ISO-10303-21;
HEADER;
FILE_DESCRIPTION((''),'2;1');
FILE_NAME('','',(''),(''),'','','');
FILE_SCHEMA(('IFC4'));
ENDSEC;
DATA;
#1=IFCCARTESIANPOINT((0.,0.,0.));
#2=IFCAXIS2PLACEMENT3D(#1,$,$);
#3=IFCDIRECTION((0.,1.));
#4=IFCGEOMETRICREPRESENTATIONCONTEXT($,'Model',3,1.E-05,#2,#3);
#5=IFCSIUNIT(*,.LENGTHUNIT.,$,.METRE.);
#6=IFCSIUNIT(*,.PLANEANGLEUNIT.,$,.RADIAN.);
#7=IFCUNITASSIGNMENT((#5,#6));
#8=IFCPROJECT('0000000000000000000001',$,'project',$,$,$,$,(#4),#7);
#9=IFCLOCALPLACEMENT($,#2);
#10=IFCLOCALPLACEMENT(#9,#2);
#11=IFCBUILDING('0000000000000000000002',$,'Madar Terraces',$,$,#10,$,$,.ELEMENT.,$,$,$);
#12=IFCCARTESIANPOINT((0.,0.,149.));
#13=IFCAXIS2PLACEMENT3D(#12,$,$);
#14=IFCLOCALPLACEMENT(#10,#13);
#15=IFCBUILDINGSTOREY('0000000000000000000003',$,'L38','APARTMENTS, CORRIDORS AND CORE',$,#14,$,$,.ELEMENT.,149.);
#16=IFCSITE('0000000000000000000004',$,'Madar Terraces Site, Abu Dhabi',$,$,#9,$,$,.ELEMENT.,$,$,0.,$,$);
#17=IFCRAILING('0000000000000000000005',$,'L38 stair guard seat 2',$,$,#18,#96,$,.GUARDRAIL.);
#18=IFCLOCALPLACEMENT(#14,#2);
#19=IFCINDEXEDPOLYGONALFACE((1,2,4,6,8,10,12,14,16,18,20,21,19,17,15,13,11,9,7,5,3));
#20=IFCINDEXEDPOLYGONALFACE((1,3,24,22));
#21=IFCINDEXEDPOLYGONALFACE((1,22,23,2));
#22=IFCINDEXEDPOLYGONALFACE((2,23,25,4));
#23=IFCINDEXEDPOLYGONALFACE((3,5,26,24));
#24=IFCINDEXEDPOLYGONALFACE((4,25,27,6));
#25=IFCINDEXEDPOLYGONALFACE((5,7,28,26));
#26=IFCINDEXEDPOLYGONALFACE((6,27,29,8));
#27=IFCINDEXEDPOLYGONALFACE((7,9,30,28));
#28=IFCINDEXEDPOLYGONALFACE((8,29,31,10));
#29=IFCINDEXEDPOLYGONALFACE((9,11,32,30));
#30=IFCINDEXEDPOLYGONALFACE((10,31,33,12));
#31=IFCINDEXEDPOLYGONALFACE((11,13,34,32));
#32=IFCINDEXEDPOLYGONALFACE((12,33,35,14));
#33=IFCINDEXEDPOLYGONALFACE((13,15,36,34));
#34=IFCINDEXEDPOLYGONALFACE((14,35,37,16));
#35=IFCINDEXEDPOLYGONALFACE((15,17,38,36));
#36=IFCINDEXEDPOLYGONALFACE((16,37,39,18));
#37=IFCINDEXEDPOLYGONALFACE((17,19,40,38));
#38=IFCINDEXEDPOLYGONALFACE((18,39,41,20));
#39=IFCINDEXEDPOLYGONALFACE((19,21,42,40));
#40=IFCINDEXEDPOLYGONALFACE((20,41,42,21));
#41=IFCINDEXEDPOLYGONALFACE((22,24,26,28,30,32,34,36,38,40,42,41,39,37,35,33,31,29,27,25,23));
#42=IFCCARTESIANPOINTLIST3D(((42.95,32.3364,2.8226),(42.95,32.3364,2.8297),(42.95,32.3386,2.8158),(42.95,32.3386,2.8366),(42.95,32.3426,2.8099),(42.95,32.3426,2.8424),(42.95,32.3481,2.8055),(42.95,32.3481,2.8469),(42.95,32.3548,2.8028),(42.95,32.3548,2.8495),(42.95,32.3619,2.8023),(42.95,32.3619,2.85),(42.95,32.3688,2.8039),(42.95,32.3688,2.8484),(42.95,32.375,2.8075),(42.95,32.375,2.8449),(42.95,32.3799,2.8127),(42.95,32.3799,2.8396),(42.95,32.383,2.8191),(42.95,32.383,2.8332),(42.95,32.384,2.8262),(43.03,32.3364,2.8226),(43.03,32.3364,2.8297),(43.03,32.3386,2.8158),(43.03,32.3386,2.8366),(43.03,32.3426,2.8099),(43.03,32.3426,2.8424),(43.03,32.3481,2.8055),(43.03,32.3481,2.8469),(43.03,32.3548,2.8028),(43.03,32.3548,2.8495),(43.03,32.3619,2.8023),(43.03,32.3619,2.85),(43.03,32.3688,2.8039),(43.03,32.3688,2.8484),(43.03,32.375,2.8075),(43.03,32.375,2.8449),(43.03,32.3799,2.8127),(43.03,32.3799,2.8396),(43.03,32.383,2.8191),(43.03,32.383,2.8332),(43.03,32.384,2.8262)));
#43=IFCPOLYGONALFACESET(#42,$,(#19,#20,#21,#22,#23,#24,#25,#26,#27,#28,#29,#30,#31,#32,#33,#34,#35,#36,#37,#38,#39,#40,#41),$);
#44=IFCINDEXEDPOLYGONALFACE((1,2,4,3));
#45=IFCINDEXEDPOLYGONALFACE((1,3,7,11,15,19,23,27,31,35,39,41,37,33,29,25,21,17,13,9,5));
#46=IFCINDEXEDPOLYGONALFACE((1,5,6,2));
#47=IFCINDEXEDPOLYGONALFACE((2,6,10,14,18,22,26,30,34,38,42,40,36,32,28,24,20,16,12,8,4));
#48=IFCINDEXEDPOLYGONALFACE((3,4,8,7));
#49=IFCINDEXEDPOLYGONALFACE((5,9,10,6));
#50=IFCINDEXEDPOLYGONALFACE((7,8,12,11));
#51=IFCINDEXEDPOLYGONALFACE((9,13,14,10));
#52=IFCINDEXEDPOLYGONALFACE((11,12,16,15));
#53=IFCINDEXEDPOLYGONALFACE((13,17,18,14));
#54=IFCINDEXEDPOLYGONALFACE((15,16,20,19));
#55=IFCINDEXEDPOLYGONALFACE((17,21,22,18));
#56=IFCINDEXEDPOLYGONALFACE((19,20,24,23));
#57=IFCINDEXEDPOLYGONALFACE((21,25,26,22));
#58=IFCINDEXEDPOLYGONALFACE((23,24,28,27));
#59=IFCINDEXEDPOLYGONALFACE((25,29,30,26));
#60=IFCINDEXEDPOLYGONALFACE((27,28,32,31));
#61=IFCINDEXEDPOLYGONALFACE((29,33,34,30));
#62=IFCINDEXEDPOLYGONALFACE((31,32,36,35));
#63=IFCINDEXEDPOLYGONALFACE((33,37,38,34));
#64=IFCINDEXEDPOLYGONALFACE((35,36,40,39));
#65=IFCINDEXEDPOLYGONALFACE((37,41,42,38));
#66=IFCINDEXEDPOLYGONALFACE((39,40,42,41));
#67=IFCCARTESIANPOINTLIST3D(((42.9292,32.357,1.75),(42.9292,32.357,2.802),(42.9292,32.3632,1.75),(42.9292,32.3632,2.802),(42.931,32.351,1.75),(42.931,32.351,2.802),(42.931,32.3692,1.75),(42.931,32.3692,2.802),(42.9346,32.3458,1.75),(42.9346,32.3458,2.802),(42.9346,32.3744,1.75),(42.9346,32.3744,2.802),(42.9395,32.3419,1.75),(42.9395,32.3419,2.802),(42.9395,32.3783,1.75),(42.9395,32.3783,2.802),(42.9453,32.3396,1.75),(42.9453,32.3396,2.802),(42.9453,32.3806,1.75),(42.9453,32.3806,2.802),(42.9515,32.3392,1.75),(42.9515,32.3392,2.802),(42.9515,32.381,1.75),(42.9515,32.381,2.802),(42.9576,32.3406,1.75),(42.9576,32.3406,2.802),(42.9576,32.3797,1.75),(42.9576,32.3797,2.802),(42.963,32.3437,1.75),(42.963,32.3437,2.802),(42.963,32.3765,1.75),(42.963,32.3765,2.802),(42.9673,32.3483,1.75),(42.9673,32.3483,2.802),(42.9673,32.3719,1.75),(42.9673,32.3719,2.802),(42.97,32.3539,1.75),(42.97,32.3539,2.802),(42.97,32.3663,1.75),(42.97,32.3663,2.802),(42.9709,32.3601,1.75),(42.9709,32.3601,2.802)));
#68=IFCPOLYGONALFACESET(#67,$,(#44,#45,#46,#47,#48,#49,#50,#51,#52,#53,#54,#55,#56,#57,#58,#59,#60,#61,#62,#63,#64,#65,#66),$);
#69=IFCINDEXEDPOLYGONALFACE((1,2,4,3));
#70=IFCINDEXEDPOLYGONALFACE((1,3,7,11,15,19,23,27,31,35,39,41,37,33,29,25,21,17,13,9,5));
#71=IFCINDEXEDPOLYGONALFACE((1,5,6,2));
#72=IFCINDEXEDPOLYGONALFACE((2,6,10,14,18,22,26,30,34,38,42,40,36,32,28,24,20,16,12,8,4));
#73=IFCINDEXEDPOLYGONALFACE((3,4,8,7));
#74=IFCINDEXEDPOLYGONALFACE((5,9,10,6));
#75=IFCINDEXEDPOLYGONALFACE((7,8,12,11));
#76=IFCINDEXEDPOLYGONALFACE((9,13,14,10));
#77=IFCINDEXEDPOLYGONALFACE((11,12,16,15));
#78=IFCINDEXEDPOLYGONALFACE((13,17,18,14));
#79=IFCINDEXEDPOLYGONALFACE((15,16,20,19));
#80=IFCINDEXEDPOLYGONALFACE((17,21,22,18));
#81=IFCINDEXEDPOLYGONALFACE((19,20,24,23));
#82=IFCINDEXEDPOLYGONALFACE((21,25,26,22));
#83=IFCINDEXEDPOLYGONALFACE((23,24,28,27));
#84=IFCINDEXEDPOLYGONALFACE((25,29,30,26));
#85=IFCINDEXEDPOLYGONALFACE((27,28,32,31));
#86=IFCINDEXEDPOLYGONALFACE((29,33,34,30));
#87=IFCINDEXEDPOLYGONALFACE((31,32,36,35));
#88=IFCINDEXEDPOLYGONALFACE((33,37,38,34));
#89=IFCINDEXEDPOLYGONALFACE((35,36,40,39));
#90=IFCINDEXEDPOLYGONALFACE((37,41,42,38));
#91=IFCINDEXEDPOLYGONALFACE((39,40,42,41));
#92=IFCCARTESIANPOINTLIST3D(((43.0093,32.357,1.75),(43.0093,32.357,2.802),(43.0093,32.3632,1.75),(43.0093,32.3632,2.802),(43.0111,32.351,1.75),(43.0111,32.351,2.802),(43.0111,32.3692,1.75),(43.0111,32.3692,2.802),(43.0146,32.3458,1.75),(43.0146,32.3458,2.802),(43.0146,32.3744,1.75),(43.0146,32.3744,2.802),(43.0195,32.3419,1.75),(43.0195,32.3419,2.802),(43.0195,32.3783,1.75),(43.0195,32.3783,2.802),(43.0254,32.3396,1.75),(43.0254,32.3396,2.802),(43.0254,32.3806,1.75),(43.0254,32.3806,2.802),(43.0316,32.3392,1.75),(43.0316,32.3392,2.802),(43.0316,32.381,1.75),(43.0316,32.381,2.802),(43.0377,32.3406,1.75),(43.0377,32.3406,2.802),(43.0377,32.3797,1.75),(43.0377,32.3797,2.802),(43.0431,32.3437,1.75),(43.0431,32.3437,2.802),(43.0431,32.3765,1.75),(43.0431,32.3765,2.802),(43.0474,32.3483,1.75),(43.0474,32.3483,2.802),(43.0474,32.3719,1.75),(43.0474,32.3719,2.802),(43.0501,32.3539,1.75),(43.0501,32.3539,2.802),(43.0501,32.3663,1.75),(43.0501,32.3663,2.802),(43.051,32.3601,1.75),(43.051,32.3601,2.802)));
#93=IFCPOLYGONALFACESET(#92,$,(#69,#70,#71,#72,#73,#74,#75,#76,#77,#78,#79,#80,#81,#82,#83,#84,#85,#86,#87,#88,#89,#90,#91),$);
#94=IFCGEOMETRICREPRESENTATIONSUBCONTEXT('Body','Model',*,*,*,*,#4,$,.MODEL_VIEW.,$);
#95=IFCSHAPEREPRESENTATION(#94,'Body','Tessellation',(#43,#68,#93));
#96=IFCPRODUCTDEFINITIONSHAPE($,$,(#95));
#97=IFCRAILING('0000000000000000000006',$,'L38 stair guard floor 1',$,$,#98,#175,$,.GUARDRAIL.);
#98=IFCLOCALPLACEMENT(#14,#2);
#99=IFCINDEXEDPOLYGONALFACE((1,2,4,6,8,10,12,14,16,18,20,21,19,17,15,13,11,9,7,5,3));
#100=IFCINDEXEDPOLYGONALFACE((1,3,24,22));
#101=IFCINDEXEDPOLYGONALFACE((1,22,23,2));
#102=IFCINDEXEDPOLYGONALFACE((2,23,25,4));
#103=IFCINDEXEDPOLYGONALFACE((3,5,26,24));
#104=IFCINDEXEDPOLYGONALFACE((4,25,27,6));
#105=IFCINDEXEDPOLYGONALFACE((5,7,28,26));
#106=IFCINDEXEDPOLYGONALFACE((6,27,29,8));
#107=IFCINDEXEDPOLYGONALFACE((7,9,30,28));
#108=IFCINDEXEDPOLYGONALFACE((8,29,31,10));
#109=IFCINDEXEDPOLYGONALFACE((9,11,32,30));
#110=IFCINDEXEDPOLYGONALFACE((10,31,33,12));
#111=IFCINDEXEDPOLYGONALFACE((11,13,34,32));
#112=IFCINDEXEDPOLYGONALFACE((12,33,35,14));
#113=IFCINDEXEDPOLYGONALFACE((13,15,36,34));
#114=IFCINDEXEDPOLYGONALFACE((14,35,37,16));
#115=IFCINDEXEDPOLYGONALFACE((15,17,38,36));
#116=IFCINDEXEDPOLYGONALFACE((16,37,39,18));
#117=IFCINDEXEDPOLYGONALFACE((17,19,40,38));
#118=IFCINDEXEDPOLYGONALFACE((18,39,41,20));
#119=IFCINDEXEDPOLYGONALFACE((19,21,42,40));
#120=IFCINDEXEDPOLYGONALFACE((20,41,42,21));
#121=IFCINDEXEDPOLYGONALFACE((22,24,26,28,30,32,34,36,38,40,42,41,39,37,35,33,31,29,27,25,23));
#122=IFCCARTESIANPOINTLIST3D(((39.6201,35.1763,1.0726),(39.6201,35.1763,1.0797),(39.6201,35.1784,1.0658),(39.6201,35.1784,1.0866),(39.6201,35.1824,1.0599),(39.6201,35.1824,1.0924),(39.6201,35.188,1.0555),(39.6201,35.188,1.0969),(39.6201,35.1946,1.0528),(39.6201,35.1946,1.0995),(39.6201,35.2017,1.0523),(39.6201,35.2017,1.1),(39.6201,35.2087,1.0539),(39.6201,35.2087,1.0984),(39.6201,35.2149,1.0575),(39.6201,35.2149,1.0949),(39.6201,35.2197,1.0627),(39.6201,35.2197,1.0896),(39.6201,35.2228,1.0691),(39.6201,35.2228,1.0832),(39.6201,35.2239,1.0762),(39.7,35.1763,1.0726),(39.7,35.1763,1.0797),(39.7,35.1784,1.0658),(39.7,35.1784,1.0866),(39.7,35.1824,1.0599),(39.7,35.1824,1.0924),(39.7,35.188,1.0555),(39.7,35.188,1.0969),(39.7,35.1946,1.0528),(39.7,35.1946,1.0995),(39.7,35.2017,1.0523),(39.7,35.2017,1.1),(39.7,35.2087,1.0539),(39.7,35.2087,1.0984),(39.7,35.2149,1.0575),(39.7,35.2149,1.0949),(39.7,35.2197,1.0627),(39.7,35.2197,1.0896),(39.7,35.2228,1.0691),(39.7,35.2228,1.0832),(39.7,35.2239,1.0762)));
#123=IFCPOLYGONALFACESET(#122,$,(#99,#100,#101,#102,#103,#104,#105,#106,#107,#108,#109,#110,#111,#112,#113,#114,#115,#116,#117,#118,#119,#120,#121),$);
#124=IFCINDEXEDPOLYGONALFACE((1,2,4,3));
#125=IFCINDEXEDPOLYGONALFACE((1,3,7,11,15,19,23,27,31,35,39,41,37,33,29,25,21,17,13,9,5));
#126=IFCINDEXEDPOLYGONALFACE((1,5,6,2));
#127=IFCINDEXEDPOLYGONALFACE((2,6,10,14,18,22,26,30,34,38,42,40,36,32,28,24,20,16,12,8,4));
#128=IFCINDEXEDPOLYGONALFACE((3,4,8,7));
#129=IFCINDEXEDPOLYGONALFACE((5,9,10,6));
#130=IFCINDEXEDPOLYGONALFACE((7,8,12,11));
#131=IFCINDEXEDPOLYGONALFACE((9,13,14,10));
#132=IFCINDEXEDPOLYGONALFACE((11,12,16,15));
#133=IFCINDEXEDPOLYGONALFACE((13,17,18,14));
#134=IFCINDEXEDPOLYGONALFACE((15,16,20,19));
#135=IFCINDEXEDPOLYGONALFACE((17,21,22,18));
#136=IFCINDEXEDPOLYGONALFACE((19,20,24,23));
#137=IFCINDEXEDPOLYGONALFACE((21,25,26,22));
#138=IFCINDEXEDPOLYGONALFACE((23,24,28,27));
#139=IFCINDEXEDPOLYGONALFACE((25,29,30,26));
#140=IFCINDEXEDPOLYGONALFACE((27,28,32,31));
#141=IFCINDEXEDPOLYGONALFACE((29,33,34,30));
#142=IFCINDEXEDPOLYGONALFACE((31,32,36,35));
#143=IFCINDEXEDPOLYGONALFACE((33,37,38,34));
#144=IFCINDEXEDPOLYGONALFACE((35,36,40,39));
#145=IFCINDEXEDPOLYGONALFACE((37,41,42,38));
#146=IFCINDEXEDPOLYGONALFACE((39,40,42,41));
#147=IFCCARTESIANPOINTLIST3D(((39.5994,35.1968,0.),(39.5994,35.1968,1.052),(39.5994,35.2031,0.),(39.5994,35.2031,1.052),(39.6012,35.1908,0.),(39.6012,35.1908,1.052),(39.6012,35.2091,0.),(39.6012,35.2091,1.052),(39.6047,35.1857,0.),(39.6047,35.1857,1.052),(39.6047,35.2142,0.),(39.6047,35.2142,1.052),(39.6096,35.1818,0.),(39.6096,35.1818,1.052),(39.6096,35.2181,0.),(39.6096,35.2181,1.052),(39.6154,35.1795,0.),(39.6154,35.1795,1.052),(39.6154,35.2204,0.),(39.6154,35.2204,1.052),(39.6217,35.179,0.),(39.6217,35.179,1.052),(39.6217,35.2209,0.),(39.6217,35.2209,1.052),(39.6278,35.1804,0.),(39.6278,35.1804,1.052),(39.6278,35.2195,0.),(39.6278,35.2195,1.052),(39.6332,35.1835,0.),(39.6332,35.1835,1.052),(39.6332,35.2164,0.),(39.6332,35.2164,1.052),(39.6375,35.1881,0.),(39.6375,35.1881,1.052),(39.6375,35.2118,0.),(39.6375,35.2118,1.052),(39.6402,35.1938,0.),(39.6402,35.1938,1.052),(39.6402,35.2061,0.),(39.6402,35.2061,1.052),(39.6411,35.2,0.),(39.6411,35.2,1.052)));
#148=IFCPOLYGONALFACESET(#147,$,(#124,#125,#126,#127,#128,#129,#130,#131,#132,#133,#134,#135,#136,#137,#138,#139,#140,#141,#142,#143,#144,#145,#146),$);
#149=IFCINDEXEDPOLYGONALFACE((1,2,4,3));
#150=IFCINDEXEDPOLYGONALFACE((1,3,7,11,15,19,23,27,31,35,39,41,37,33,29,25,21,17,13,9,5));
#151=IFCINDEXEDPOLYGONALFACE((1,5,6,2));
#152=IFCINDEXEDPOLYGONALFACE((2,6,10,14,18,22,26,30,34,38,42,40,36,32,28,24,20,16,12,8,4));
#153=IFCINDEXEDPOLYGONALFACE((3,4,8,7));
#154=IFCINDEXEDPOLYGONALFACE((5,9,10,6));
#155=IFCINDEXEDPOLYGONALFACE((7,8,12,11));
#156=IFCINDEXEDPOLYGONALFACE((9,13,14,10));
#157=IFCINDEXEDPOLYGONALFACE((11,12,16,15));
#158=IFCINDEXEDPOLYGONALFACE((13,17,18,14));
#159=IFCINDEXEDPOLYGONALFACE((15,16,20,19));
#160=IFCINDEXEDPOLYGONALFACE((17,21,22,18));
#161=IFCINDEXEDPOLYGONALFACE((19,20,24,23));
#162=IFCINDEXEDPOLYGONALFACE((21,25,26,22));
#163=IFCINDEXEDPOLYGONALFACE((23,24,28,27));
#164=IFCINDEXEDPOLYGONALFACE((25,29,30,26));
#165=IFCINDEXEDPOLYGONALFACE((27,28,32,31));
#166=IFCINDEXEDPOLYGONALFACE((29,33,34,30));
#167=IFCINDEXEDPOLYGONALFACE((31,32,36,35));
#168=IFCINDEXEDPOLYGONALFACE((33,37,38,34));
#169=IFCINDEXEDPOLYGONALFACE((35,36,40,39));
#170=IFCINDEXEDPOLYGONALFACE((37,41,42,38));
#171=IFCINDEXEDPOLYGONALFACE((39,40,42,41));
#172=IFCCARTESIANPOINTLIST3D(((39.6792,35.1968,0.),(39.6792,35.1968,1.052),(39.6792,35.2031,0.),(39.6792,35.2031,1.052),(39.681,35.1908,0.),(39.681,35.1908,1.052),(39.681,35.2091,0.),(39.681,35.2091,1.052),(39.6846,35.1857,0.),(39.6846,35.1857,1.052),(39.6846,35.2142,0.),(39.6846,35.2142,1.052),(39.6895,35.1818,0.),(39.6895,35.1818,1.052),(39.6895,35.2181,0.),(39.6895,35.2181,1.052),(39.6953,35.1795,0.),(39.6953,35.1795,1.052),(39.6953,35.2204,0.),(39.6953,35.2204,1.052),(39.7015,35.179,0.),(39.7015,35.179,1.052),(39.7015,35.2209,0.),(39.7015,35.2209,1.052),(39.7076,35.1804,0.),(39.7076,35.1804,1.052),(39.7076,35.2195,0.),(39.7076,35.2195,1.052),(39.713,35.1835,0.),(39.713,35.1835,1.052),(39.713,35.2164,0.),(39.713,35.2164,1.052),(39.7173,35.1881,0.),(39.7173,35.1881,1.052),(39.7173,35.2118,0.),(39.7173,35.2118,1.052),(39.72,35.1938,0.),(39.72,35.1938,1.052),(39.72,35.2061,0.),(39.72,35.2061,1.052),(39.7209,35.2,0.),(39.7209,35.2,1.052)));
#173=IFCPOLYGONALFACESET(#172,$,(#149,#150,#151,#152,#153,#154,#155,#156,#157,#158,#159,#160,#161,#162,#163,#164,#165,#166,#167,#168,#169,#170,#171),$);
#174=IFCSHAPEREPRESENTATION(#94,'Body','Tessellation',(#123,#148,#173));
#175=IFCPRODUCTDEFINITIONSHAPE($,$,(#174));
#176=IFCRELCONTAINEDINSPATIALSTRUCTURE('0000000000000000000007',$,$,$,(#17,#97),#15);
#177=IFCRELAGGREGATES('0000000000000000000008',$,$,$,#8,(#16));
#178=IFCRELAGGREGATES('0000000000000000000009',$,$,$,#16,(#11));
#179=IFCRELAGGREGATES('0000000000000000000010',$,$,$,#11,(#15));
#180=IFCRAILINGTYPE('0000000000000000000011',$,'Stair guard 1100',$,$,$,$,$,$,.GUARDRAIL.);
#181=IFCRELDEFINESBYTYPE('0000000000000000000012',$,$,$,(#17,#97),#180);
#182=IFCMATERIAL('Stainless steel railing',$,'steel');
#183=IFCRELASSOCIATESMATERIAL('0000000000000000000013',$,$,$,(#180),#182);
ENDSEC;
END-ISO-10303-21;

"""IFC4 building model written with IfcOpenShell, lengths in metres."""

from ifc_helpers import new_model, si_unit, direction, frame, origin, origin_2d, place, context, subcontext, project, spatial, circle, extrude, material, type_object, element, save


model = new_model("IFC4")

# Units and contexts
model_context = context("Model", 3, precision=1e-05, world=origin(), true_north=direction((0.0, 1.0)))
body_context = subcontext(model_context, "Body", "Model", "MODEL_VIEW")
ifc_project = project(units=[si_unit("LENGTHUNIT", "METRE"), si_unit("PLANEANGLEUNIT", "RADIAN")], contexts=[model_context])

# Site, building, storey
site_placement = place(None, origin())
site = spatial("IfcSite", under=ifc_project, at=site_placement, Name="Madar Terraces Site, Abu Dhabi", CompositionType="ELEMENT", RefElevation=0.0)
building_placement = place(site_placement, origin())
building = spatial("IfcBuilding", under=site, at=building_placement, Name="Madar Terraces", CompositionType="ELEMENT")
storey_placement = place(building_placement, frame((0.0, 0.0, 149.0)))
storey = spatial("IfcBuildingStorey", under=building, at=storey_placement, Name="L38", Description="APARTMENTS, CORRIDORS AND CORE", CompositionType="ELEMENT", Elevation=149.0)

# Railings
ifc_material_1 = material(Name="Stainless steel railing", Category="steel")
railing_type_1 = type_object("IfcRailingType", Name="Stair guard 1100", PredefinedType="GUARDRAIL", material=ifc_material_1)
railing_1_placement = place(storey_placement, frame((42.95, 32.3601, 1.75)))
element("IfcRailing", 1, at=railing_1_placement, inside=storey, type_object=railing_type_1, Name="L38 stair guard seat 2", PredefinedType="GUARDRAIL", context=body_context, shape_type="SweptSolid", body=[
    extrude(circle(Radius=0.0239, at=origin_2d()), frame((0.0, 0.0, 1.0762), z_axis=(1.0, 0.0, 0.0), x_axis=(0.0, 1.0, 0.0)), (0.0, 0.0, 1.0), 0.0801),
    extrude(circle(Radius=0.021, at=origin_2d()), origin(), (0.0, 0.0, 1.0), 1.052),
    extrude(circle(Radius=0.021, at=origin_2d()), frame((0.0801, 0.0, 0.0)), (0.0, 0.0, 1.0), 1.052),
])
railing_2_placement = place(storey_placement, frame((39.6201, 35.2, 0.0)))
element("IfcRailing", 2, at=railing_2_placement, inside=storey, type_object=railing_type_1, Name="L38 stair guard floor 1", PredefinedType="GUARDRAIL", context=body_context, shape_type="SweptSolid", body=[
    extrude(circle(Radius=0.0239, at=origin_2d()), frame((0.0, 0.0, 1.0762), z_axis=(1.0, 0.0, 0.0), x_axis=(0.0, 1.0, 0.0)), (0.0, 0.0, 1.0), 0.0798),
    extrude(circle(Radius=0.021, at=origin_2d()), origin(), (0.0, 0.0, 1.0), 1.052),
    extrude(circle(Radius=0.021, at=origin_2d()), frame((0.0798, 0.0, 0.0)), (0.0, 0.0, 1.0), 1.052),
])

save(model, "model.ifc")
